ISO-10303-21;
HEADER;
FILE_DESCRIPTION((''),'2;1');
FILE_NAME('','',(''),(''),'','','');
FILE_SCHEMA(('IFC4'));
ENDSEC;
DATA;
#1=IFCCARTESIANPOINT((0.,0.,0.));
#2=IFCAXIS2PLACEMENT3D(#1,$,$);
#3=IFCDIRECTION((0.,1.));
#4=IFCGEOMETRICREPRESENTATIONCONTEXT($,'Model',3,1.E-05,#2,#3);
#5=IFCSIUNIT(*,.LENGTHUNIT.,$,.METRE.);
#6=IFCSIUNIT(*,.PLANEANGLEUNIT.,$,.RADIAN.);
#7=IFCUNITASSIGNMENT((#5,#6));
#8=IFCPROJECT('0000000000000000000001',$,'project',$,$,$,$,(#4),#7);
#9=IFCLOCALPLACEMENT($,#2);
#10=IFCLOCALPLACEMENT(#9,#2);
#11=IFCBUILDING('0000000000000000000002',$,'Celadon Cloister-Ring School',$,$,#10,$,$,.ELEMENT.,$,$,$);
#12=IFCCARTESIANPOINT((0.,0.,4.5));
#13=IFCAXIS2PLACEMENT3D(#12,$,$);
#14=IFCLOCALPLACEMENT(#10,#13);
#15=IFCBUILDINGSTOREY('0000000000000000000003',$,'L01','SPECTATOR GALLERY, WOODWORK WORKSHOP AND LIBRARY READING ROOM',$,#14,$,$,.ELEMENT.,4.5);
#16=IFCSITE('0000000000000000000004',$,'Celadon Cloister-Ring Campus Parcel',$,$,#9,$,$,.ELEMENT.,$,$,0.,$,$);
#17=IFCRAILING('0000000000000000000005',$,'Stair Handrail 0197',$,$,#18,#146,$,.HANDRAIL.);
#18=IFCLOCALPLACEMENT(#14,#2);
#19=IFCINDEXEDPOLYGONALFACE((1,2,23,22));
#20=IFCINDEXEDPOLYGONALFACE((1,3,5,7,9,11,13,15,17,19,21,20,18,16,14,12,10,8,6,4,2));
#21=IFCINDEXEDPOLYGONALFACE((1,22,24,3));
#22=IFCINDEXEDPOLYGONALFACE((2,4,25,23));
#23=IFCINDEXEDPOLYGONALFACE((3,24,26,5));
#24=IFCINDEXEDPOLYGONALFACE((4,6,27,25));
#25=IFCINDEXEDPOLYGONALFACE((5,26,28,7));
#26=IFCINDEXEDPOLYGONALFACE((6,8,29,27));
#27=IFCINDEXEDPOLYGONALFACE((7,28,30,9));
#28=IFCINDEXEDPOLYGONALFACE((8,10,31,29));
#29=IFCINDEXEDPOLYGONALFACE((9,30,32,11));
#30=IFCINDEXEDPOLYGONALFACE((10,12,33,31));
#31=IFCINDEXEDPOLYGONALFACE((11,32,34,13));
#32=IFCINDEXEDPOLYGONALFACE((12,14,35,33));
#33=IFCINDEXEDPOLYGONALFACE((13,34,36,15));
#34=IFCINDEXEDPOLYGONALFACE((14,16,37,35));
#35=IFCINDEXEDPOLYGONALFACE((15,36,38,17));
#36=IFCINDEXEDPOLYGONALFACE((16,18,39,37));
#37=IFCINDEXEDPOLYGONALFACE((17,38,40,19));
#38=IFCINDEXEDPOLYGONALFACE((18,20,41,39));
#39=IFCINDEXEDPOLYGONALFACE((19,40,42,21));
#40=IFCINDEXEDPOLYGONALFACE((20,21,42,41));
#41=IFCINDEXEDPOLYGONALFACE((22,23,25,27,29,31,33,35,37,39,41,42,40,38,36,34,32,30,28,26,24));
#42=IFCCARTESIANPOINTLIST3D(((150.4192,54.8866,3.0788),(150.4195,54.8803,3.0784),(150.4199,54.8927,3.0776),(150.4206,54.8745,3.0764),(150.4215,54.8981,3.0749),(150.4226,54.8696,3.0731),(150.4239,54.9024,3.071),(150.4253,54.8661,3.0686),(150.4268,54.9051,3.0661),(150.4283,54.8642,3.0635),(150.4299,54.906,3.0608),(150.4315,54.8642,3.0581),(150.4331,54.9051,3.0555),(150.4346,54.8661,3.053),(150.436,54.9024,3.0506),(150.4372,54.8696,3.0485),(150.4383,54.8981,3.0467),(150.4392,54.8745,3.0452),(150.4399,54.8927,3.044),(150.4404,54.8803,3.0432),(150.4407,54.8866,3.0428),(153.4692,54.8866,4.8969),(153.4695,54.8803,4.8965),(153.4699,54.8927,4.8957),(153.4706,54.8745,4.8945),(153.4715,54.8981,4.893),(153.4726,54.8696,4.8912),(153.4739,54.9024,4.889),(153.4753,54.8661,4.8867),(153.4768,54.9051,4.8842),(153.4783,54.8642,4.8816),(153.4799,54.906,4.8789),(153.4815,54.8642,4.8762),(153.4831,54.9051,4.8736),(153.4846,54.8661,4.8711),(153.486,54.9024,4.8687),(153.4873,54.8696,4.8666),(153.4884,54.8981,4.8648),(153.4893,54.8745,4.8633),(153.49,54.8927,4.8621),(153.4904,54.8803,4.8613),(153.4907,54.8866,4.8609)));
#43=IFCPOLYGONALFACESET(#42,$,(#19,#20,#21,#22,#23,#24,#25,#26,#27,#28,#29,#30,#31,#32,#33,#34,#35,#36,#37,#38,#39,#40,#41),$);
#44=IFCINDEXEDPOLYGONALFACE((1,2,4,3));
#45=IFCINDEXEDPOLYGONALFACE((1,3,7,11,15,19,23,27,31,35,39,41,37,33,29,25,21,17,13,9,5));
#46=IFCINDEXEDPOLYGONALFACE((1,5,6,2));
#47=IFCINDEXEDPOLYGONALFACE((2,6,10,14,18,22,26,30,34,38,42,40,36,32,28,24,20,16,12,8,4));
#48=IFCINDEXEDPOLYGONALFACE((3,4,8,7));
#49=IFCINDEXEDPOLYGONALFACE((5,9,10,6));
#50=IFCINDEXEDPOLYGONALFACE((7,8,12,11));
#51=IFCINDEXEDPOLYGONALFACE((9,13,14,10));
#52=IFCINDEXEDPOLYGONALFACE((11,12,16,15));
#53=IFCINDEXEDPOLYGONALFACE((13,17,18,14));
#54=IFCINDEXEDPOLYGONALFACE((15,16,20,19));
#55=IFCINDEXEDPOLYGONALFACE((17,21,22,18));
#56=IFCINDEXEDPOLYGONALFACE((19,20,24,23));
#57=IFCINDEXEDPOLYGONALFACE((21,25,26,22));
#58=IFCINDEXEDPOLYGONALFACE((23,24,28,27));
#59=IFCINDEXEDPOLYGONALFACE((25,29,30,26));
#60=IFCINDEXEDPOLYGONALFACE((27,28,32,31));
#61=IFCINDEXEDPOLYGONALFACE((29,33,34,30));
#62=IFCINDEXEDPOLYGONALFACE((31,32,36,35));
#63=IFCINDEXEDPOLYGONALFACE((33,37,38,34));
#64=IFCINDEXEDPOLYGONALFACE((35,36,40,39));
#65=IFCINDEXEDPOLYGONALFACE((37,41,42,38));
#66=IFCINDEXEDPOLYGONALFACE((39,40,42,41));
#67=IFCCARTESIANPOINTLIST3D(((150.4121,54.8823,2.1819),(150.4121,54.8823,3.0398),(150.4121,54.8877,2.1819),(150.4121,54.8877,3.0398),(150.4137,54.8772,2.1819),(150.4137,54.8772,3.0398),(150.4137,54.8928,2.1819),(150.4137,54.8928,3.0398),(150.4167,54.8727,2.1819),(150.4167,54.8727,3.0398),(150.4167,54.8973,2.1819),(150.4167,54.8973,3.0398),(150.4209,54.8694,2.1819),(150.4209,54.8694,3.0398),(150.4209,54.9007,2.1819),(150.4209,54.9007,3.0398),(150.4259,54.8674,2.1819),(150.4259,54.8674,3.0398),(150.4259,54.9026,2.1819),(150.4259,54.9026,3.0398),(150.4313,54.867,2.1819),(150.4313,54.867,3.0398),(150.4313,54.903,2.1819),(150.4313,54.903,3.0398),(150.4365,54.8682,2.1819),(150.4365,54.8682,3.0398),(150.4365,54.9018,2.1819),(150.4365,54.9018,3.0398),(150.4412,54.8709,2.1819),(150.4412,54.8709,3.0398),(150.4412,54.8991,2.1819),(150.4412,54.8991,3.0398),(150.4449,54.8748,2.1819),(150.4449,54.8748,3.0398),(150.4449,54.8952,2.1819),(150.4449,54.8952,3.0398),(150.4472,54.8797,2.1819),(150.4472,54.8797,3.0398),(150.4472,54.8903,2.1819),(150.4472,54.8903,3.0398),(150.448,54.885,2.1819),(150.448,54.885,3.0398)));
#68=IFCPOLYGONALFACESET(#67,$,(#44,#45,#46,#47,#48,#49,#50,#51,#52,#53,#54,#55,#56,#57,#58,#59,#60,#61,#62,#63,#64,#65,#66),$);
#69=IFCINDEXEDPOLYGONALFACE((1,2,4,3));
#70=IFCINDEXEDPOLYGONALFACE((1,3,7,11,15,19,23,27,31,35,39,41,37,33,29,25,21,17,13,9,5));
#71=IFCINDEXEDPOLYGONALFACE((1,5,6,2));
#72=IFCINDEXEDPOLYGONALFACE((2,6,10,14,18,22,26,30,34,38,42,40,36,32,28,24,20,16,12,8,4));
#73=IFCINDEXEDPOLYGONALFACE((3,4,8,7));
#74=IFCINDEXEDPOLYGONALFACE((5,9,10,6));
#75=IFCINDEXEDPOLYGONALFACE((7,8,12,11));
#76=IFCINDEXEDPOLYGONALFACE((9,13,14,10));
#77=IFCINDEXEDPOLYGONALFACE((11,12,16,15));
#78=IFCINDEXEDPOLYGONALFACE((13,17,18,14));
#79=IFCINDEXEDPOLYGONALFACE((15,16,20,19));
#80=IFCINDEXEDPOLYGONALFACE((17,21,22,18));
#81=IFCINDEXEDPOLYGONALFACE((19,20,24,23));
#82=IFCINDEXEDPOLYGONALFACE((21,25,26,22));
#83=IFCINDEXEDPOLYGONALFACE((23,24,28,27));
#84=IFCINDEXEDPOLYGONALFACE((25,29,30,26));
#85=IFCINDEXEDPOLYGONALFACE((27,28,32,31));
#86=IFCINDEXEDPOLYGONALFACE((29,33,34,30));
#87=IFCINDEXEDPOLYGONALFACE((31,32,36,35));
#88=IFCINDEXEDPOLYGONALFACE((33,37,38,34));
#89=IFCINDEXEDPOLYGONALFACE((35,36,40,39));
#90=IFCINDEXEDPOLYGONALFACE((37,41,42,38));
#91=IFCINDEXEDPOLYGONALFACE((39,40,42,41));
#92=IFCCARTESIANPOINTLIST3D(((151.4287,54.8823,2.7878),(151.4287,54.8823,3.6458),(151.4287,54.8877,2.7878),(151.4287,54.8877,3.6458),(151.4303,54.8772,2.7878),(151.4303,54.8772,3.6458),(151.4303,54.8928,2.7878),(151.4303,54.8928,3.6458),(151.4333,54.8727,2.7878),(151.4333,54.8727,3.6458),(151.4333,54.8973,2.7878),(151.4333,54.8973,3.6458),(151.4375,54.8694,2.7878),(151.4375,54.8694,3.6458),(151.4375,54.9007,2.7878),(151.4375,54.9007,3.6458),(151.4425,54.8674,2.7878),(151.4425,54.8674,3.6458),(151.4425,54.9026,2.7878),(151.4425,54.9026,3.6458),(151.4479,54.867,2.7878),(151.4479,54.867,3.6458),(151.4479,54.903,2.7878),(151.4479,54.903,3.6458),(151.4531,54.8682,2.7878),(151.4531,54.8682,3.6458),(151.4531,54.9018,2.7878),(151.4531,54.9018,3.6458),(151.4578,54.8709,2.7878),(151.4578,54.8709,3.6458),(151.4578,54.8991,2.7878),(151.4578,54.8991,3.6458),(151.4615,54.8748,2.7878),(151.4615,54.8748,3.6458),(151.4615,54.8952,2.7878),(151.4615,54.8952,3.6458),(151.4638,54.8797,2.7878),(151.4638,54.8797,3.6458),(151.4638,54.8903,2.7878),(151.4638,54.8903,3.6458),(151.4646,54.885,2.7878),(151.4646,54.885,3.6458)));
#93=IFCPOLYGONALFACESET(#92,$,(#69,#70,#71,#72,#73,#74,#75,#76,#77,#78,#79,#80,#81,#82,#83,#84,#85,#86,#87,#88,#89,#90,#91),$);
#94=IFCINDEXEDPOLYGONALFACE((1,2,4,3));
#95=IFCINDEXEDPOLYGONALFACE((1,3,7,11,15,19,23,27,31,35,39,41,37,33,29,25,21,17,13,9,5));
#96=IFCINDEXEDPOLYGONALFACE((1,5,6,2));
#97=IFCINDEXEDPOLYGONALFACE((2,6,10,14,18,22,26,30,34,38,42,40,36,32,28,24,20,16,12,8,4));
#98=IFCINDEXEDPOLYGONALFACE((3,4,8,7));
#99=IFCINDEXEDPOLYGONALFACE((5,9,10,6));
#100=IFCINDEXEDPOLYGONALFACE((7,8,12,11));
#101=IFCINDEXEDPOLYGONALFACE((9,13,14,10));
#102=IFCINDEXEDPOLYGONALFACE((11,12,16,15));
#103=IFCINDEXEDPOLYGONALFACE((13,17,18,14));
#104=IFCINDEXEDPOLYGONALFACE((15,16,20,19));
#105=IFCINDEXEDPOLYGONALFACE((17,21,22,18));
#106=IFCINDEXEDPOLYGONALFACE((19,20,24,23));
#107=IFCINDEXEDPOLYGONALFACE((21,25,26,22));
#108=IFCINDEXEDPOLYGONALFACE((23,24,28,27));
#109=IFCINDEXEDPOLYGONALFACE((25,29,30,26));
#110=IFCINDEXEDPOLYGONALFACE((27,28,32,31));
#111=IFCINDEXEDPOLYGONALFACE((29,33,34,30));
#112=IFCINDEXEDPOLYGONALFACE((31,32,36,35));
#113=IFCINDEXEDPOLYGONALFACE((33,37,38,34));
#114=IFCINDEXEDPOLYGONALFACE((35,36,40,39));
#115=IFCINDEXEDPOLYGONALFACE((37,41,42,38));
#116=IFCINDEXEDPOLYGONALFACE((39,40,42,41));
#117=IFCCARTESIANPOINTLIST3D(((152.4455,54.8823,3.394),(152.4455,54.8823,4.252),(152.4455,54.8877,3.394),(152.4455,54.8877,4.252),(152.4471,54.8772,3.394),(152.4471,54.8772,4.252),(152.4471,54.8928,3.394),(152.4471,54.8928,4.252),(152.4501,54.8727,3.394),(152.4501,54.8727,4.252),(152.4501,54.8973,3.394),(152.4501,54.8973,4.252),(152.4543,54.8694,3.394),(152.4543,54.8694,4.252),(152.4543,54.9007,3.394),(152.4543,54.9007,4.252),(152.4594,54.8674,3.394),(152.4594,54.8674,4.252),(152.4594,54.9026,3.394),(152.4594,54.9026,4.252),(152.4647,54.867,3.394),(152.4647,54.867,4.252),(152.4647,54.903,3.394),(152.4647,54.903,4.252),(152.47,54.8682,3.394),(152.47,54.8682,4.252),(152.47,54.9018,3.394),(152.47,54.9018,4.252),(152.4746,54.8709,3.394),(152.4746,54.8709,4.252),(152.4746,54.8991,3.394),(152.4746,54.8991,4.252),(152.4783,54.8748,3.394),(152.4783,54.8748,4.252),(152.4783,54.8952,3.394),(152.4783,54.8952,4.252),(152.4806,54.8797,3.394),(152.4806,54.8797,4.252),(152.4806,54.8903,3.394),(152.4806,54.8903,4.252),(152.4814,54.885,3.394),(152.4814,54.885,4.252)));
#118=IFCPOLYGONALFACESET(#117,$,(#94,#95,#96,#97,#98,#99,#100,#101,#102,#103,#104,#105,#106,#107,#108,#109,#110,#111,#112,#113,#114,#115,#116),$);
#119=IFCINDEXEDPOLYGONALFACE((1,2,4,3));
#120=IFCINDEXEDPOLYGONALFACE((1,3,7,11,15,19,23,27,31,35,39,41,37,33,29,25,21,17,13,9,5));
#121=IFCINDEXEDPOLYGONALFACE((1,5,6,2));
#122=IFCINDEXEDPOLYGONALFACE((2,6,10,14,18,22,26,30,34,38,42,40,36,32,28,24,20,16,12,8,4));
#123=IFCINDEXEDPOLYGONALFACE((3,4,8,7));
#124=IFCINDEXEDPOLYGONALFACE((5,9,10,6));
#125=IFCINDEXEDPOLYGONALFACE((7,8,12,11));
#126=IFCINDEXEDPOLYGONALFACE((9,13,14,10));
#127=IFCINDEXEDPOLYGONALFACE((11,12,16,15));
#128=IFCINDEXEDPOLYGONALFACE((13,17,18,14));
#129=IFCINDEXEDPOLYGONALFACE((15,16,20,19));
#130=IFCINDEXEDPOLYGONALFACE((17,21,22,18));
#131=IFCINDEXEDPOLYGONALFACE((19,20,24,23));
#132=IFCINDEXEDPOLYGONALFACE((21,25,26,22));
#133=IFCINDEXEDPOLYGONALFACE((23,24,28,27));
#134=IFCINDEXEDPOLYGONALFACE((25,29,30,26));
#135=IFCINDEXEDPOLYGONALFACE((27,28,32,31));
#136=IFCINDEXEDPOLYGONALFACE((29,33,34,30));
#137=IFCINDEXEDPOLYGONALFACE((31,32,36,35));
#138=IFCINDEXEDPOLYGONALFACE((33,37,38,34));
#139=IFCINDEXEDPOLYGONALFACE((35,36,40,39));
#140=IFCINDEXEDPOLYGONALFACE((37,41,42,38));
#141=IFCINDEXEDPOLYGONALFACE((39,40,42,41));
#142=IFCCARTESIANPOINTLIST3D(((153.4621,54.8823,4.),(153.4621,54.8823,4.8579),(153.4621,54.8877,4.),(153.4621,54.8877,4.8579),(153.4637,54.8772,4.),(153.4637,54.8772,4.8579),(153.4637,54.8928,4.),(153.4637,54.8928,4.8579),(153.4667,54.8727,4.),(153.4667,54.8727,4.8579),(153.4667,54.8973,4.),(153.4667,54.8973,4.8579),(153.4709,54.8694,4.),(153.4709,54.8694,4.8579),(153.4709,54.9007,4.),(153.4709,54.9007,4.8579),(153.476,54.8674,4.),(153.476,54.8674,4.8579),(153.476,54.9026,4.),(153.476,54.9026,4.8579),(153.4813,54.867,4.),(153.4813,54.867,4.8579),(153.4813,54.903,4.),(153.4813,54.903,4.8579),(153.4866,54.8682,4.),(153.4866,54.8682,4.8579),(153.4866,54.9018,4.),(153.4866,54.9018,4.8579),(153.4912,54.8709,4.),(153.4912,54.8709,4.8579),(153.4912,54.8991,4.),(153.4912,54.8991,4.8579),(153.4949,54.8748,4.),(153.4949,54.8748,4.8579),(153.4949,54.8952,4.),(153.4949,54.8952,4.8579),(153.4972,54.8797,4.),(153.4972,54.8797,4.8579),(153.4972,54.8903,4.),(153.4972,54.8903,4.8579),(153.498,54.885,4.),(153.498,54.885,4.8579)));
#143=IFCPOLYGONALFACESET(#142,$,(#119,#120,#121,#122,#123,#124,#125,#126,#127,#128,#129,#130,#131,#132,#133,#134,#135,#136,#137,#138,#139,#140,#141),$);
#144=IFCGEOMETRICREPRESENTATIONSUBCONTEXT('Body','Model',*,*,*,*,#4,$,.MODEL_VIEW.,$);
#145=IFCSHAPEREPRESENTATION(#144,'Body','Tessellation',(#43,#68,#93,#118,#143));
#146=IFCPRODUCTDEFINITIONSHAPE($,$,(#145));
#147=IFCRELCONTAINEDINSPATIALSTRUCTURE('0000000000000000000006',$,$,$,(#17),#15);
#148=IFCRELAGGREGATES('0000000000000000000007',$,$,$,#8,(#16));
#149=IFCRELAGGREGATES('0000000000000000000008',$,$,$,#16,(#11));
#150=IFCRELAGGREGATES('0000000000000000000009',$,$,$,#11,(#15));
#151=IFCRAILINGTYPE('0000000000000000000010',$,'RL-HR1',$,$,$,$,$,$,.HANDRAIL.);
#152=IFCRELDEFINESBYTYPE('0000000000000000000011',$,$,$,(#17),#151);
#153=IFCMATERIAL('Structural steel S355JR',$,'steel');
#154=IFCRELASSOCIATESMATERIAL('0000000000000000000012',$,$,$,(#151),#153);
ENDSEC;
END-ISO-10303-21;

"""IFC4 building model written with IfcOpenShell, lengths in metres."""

from ifc_helpers import new_model, si_unit, direction, frame, origin, origin_2d, place, context, subcontext, project, spatial, circle, extrude, material, type_object, element, save


model = new_model("IFC4")

# Units and contexts
model_context = context("Model", 3, precision=1e-05, world=origin(), true_north=direction((0.0, 1.0)))
body_context = subcontext(model_context, "Body", "Model", "MODEL_VIEW")
ifc_project = project(units=[si_unit("LENGTHUNIT", "METRE"), si_unit("PLANEANGLEUNIT", "RADIAN")], contexts=[model_context])

# Site, building, storey
site_placement = place(None, origin())
site = spatial("IfcSite", under=ifc_project, at=site_placement, Name="Celadon Cloister-Ring Campus Parcel", CompositionType="ELEMENT", RefElevation=0.0)
building_placement = place(site_placement, origin())
building = spatial("IfcBuilding", under=site, at=building_placement, Name="Celadon Cloister-Ring School", CompositionType="ELEMENT")
storey_placement = place(building_placement, frame((0.0, 0.0, 4.5)))
storey = spatial("IfcBuildingStorey", under=building, at=storey_placement, Name="L01", Description="SPECTATOR GALLERY, WOODWORK WORKSHOP AND LIBRARY READING ROOM", CompositionType="ELEMENT", Elevation=4.5)

# Railing
ifc_material_1 = material(Name="Structural steel S355JR", Category="steel")
railing_type_1 = type_object("IfcRailingType", Name="RL-HR1", PredefinedType="HANDRAIL", material=ifc_material_1)
for number, where, name in (
    (1, (150.4299, 54.885, 2.1819), "Stair Handrail 0197"),
):
    element("IfcRailing", number, at=place(storey_placement, frame(where)), inside=storey, type_object=railing_type_1, Name=name, PredefinedType="HANDRAIL", context=body_context, shape_type="SweptSolid", body=[
        extrude(circle(Radius=0.021, at=origin_2d()), frame((0.0, 0.0, 0.8789), z_axis=(0.85897, 0.0, 0.512026), x_axis=(0.0, 1.0, 0.0)), (0.0, 0.0, 1.0), 3.5508),
        extrude(circle(Radius=0.0181, at=origin_2d()), origin(), (0.0, 0.0, 1.0), 0.8579),
        extrude(circle(Radius=0.0181, at=origin_2d()), frame((1.0166, 0.0, 0.606)), (0.0, 0.0, 1.0), 0.8579),
        extrude(circle(Radius=0.0181, at=origin_2d()), frame((2.0334, 0.0, 1.2122)), (0.0, 0.0, 1.0), 0.8579),
        extrude(circle(Radius=0.0181, at=origin_2d()), frame((3.05, 0.0, 1.8181)), (0.0, 0.0, 1.0), 0.8579),
    ])

save(model, "model.ifc")
